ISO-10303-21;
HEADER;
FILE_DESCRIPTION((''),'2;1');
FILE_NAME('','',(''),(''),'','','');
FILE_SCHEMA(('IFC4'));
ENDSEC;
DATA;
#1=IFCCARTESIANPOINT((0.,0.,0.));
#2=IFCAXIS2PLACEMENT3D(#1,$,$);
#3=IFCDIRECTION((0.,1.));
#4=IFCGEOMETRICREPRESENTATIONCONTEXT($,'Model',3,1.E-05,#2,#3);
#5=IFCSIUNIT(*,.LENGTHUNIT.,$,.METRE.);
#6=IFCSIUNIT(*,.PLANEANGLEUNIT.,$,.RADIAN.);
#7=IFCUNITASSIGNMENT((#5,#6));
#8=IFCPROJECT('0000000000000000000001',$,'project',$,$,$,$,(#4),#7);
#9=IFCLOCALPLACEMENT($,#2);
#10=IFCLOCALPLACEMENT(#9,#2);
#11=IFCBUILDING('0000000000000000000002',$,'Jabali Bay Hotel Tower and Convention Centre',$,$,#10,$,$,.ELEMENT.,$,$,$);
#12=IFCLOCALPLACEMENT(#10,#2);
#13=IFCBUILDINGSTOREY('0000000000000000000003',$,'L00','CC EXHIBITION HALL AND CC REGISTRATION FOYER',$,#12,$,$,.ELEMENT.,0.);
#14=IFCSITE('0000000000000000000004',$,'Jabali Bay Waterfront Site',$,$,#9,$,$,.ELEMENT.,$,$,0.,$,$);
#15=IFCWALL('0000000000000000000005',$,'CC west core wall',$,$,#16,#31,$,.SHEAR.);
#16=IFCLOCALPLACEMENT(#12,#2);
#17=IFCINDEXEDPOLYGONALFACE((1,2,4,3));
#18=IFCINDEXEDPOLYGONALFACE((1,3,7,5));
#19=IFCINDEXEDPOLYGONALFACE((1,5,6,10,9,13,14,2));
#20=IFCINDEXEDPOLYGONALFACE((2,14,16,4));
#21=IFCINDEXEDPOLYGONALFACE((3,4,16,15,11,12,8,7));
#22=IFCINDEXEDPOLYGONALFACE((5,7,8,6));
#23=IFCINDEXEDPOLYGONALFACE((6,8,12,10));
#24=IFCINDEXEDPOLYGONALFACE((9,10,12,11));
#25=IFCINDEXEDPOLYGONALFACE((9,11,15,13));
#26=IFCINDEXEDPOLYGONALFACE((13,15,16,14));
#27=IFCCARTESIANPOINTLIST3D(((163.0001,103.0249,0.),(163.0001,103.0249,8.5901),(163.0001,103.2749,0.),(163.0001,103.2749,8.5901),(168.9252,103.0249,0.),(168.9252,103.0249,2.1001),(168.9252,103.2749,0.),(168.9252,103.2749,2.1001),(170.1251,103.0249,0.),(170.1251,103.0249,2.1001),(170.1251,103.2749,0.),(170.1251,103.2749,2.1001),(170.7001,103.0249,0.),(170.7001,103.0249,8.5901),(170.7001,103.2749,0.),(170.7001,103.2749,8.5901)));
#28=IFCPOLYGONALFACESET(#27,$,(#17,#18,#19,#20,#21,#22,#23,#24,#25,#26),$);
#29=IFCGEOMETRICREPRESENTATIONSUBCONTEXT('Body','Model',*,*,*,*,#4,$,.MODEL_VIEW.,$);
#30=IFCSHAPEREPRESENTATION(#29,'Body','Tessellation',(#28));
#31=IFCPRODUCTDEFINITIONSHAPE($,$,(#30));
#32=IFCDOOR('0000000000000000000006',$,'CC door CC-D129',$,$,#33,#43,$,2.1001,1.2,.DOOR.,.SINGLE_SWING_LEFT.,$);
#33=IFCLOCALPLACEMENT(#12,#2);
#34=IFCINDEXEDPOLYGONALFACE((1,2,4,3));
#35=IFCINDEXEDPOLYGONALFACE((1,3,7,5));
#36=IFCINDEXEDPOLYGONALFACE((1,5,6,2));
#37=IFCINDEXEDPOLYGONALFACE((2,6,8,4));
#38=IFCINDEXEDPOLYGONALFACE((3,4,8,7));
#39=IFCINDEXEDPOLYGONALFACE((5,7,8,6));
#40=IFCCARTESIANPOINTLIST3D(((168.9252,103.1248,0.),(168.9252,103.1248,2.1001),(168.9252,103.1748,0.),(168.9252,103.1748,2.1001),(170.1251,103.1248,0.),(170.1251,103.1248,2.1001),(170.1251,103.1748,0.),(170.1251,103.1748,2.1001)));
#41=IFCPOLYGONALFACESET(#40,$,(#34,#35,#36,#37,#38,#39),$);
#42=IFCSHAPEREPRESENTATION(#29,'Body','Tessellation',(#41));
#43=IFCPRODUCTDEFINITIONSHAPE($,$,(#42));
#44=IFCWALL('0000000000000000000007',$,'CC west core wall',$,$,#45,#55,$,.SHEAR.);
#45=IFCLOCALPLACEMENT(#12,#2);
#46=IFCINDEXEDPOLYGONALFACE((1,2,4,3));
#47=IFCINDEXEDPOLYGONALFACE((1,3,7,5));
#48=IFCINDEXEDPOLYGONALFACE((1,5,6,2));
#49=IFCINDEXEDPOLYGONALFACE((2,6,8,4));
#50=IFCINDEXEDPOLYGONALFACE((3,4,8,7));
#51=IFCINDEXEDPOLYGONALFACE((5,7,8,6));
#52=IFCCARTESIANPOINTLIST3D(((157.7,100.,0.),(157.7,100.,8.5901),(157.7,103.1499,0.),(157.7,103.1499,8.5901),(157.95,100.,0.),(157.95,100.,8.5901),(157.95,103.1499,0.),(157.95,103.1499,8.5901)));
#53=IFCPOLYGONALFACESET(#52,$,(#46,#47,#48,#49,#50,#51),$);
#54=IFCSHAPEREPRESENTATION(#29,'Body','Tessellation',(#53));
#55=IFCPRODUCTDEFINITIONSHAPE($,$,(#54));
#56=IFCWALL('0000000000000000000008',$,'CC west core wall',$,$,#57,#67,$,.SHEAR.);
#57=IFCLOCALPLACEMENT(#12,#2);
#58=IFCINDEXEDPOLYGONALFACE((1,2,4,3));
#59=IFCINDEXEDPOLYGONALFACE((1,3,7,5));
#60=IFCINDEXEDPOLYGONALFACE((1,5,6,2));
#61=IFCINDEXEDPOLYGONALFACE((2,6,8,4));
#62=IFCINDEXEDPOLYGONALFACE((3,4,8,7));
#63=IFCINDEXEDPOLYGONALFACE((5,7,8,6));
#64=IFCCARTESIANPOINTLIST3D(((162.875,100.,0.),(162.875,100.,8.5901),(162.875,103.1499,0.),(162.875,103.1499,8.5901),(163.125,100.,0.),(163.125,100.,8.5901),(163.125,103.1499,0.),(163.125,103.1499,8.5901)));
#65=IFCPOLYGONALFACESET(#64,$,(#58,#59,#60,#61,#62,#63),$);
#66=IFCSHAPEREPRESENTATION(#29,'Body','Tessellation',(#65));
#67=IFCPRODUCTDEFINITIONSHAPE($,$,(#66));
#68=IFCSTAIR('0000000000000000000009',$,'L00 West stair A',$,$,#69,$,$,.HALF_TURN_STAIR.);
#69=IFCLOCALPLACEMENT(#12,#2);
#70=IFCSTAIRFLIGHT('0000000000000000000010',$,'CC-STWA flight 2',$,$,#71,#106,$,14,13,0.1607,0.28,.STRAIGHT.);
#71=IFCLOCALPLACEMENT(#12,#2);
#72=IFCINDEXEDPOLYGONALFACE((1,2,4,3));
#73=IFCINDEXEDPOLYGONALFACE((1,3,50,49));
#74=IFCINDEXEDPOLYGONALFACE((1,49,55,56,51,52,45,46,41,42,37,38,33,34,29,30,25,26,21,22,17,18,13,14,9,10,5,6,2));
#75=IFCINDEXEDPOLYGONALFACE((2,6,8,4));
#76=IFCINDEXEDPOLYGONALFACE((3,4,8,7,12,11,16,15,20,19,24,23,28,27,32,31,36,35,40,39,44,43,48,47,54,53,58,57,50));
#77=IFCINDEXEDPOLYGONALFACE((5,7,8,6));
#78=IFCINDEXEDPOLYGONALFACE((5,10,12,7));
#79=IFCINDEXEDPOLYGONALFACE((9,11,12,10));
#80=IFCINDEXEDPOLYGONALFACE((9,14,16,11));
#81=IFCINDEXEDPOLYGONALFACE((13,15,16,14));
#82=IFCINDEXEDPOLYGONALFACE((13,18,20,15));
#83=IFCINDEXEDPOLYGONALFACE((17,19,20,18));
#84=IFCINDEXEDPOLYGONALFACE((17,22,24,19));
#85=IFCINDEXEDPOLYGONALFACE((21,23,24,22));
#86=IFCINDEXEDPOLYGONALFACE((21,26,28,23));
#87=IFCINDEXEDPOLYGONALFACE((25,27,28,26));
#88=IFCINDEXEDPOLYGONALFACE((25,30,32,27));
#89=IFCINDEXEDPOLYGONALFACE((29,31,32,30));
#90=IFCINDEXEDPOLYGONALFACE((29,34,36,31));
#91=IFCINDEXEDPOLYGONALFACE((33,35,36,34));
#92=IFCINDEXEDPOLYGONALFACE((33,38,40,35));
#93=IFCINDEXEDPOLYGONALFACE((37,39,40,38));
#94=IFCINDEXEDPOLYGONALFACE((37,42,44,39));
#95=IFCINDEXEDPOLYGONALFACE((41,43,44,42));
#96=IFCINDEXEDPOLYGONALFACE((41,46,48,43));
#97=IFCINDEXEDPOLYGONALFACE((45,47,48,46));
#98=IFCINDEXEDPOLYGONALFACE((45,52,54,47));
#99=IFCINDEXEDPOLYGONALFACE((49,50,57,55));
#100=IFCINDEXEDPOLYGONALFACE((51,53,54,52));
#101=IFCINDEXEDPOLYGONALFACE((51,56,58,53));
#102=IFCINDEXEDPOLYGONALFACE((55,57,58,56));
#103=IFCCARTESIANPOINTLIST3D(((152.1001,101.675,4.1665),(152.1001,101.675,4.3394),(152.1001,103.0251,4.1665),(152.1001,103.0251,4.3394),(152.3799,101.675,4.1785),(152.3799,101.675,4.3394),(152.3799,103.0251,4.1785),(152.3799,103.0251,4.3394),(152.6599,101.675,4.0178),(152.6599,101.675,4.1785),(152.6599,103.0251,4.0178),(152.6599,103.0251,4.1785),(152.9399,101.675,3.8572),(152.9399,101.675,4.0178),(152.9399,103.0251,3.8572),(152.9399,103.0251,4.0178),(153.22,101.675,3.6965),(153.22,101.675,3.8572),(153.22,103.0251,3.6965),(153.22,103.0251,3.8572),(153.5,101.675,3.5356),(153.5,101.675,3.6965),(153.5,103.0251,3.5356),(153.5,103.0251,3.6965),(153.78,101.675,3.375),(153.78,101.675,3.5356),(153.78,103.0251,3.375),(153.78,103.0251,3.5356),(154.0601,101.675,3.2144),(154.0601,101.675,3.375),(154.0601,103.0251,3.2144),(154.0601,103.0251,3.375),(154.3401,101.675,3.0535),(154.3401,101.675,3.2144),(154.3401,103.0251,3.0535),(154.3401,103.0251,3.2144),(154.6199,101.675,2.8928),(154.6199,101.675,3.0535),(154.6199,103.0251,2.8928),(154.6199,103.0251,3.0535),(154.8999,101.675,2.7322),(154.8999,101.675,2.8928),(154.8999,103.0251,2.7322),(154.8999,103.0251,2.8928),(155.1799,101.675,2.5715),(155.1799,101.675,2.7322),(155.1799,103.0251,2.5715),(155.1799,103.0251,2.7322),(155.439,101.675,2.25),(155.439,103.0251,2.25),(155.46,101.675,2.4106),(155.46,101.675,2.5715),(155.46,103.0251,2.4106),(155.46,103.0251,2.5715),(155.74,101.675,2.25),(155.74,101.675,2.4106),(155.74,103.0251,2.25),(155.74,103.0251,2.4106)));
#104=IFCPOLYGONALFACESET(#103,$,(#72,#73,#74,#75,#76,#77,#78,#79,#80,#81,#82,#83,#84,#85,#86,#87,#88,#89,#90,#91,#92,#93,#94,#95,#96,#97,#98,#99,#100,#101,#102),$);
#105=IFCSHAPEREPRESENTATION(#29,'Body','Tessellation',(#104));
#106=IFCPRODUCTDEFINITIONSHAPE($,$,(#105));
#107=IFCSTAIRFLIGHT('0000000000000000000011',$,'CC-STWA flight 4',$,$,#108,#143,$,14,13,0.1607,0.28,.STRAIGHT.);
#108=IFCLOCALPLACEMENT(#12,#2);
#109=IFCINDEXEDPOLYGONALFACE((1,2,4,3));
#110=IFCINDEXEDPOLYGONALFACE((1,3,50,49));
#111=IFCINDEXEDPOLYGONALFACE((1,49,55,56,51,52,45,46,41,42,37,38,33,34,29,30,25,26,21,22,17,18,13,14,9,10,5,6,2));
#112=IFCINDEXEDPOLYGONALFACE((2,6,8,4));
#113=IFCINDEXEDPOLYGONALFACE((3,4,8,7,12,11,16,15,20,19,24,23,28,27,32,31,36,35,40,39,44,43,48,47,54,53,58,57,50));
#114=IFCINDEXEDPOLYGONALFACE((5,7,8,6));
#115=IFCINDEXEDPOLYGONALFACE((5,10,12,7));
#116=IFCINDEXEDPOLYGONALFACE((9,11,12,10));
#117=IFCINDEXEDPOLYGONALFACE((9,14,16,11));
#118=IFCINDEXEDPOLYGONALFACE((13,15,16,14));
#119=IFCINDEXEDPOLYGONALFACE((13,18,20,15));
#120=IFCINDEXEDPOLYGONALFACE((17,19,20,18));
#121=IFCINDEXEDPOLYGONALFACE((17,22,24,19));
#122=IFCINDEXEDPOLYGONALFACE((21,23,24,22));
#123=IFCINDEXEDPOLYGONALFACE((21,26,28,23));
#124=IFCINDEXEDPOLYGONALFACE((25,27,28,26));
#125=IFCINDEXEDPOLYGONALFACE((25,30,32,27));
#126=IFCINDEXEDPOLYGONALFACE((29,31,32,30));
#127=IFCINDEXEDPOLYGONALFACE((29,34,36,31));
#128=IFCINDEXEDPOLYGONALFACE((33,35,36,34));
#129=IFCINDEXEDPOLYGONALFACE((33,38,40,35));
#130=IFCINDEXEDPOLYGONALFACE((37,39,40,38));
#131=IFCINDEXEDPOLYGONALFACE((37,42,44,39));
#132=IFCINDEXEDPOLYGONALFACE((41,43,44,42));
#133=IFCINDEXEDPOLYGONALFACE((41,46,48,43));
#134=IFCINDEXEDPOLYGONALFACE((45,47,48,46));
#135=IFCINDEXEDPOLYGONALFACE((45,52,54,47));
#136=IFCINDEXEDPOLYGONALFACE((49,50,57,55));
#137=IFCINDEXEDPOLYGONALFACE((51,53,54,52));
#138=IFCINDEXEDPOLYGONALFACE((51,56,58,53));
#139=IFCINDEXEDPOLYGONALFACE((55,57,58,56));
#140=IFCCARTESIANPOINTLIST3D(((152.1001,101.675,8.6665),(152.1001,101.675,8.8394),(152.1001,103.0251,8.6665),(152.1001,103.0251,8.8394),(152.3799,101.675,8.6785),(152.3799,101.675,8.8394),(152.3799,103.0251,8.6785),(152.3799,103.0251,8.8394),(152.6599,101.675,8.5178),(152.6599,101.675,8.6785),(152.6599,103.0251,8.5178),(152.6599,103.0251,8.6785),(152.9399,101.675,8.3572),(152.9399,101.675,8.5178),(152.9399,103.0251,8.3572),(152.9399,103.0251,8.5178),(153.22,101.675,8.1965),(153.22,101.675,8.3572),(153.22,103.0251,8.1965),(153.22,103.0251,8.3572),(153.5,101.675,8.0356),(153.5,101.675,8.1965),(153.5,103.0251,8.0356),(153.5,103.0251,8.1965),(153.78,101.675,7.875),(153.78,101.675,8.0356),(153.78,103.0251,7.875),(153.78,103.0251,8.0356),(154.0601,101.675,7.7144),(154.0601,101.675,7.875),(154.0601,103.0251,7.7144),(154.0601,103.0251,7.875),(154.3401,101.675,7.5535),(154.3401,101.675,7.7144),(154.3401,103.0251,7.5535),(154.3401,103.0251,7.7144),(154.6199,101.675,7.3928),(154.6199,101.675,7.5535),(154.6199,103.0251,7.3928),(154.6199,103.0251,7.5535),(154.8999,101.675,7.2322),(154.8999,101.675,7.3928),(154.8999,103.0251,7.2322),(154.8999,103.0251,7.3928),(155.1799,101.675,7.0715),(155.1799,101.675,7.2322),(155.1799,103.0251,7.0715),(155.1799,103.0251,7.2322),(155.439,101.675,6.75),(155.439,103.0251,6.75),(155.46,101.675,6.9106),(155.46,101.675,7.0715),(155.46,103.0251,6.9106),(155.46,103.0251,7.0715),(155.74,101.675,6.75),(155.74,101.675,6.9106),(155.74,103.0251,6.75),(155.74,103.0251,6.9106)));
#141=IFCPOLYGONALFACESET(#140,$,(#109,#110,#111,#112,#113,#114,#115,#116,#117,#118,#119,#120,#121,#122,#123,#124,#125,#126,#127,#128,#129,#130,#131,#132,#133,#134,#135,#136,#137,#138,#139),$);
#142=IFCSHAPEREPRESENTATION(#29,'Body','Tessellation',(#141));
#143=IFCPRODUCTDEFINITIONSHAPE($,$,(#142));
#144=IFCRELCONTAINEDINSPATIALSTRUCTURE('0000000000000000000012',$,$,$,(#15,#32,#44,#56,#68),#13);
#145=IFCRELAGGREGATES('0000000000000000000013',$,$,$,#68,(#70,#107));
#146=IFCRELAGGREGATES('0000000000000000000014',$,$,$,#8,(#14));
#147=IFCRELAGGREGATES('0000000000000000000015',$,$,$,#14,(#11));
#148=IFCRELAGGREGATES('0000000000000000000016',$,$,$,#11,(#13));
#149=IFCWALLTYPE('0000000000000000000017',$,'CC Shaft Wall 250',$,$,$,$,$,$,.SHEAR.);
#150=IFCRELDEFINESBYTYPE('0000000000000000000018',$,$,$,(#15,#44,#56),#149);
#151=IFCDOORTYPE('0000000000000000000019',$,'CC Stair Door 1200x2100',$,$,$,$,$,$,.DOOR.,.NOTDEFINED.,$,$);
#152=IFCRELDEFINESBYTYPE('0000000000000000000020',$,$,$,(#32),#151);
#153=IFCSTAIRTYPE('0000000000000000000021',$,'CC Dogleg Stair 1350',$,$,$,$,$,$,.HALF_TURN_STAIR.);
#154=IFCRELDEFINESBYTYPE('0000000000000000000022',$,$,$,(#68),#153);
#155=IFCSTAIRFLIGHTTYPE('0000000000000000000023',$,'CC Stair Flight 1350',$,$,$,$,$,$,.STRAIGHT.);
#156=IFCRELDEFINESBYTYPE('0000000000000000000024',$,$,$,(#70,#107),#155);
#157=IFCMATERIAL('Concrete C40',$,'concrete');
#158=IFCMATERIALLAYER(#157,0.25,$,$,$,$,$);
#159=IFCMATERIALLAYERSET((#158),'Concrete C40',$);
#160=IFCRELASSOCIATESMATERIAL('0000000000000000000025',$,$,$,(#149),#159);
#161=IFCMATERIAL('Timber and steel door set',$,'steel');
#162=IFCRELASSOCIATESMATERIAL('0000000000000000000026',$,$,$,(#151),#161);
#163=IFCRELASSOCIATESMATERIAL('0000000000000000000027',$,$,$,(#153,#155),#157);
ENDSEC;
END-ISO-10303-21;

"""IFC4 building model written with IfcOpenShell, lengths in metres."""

from ifc_helpers import new_model, si_unit, direction, frame, frame_2d, origin, place, context, subcontext, project, spatial, polyline, rectangle, outline, extrude, material, layer, layer_set, type_object, element, fill, aggregate, save


model = new_model("IFC4")

# Units and contexts
model_context = context("Model", 3, precision=1e-05, world=origin(), true_north=direction((0.0, 1.0)))
body_context = subcontext(model_context, "Body", "Model", "MODEL_VIEW")
ifc_project = project(units=[si_unit("LENGTHUNIT", "METRE"), si_unit("PLANEANGLEUNIT", "RADIAN")], contexts=[model_context])

# Site, building, storey
site_placement = place(None, origin())
site = spatial("IfcSite", under=ifc_project, at=site_placement, Name="Jabali Bay Waterfront Site", CompositionType="ELEMENT", RefElevation=0.0)
building_placement = place(site_placement, origin())
building = spatial("IfcBuilding", under=site, at=building_placement, Name="Jabali Bay Hotel Tower and Convention Centre", CompositionType="ELEMENT")
storey_placement = place(building_placement, origin())
storey = spatial("IfcBuildingStorey", under=building, at=storey_placement, Name="L00", Description="CC EXHIBITION HALL AND CC REGISTRATION FOYER", CompositionType="ELEMENT", Elevation=0.0)

# Shared definitions
ifc_material_1 = material(Name="Timber and steel door set", Category="steel")

# Wall, opening, door
ifc_material_2 = material(Name="Concrete C40", Category="concrete")
ifc_layer_1 = layer(ifc_material_2, 0.25)
ifc_layer_set_1 = layer_set([ifc_layer_1], Name="Concrete C40")
wall_type_1 = type_object("IfcWallType", Name="CC Shaft Wall 250", PredefinedType="SHEAR", material=ifc_layer_set_1)
wall_1_placement = place(storey_placement, frame((163.0, 103.1499, 0.0), z_axis=(0.0, 0.0, 1.0), x_axis=(1.0, 0.0, 0.0)))
wall_1 = element("IfcWall", 1, at=wall_1_placement, inside=storey, type_object=wall_type_1, Name="CC west core wall", PredefinedType="SHEAR", context=body_context, shape_type="SweptSolid", body=[
    extrude(rectangle(XDim=7.7, YDim=0.25, at=frame_2d((3.8501, 0.0))), origin(), (0.0, 0.0, 1.0), 8.5901),
])
opening_1_placement = place(wall_1_placement, frame((5.925, 0.0, 0.0)))
opening_1 = element("IfcOpeningElement", 2, at=opening_1_placement, cuts=wall_1, PredefinedType="OPENING", context=body_context, shape_type="SweptSolid", body=[
    extrude(rectangle(XDim=1.2, YDim=2.1001, at=frame_2d((0.6001, 1.05))), frame((0.0, 0.1355, 0.0), z_axis=(0.0, -1.0, 0.0), x_axis=(1.0, 0.0, 0.0)), (0.0, 0.0, 1.0), 0.271),
])
door_type_1 = type_object("IfcDoorType", Name="CC Stair Door 1200x2100", OperationType="NOTDEFINED", PredefinedType="DOOR", material=ifc_material_1)
door_1_placement = place(opening_1_placement, origin())
door_1 = element("IfcDoor", 3, at=door_1_placement, inside=storey, type_object=door_type_1, Name="CC door CC-D129", OperationType="SINGLE_SWING_LEFT", OverallHeight=2.1001, OverallWidth=1.2, PredefinedType="DOOR", context=body_context, shape_type="SweptSolid", body=[
    extrude(rectangle(XDim=1.2, YDim=2.1001, at=frame_2d((0.6001, 1.05))), frame((0.0, 0.0249, 0.0), z_axis=(0.0, -1.0, 0.0), x_axis=(1.0, 0.0, 0.0)), (0.0, 0.0, 1.0), 0.05),
])
fill(opening_1, door_1)

# Walls
for number, where, z_axis, x_axis, name in (
    (4, (157.825, 100.0, 0.0), (0.0, 0.0, 1.0), (0.0, 1.0, 0.0), "CC west core wall"),
    (5, (163.0, 100.0, 0.0), (0.0, 0.0, 1.0), (0.0, 1.0, 0.0), "CC west core wall"),
):
    element("IfcWall", number, at=place(storey_placement, frame(where, z_axis=z_axis, x_axis=x_axis)), inside=storey, type_object=wall_type_1, Name=name, PredefinedType="SHEAR", context=body_context, shape_type="SweptSolid", body=[
        extrude(rectangle(XDim=3.1499, YDim=0.25, at=frame_2d((1.575, 0.0))), origin(), (0.0, 0.0, 1.0), 8.5901),
    ])

# Stair, stair flights
stair_type = type_object("IfcStairType", Name="CC Dogleg Stair 1350", PredefinedType="HALF_TURN_STAIR", material=ifc_material_2)
stair_placement = place(storey_placement, origin())
stair = element("IfcStair", 6, at=stair_placement, inside=storey, type_object=stair_type, Name="L00 West stair A", PredefinedType="HALF_TURN_STAIR")
stair_flight_type = type_object("IfcStairFlightType", Name="CC Stair Flight 1350", PredefinedType="STRAIGHT", material=ifc_material_2)
stair_flight_1_placement = place(storey_placement, frame((155.74, 102.3501, 2.25), z_axis=(0.0, 0.0, 1.0), x_axis=(-1.0, 0.0, 0.0)))
stair_flight_1 = element("IfcStairFlight", 7, at=stair_flight_1_placement, type_object=stair_flight_type, Name="CC-STWA flight 2", NumberOfRisers=14, NumberOfTreads=13, PredefinedType="STRAIGHT", RiserHeight=0.1607, TreadLength=0.28, context=body_context, shape_type="SweptSolid", body=[
    extrude(outline(polyline([(0.0, 0.0), (0.0, 0.1606), (0.28, 0.1606), (0.28, 0.3215), (0.5601, 0.3215), (0.5601, 0.4822), (0.8401, 0.4822), (0.8401, 0.6428), (1.1201, 0.6428), (1.1201, 0.8035), (1.3999, 0.8035), (1.3999, 0.9644), (1.6799, 0.9644), (1.6799, 1.125), (1.96, 1.125), (1.96, 1.2856), (2.24, 1.2856), (2.24, 1.4465), (2.52, 1.4465), (2.52, 1.6072), (2.8, 1.6072), (2.8, 1.7678), (3.0801, 1.7678), (3.0801, 1.9285), (3.3601, 1.9285), (3.3601, 2.0894), (3.6399, 2.0894), (3.6399, 2.25), (3.6399, 1.9165), (0.301, 0.0), (0.0, 0.0)])), frame((0.0, 0.675, 0.0), z_axis=(0.0, -1.0, 0.0), x_axis=(1.0, 0.0, 0.0)), (0.0, 0.0, 1.0), 1.3501),
])
stair_flight_2_placement = place(storey_placement, frame((155.74, 102.3501, 6.75), z_axis=(0.0, 0.0, 1.0), x_axis=(-1.0, 0.0, 0.0)))
stair_flight_2 = element("IfcStairFlight", 8, at=stair_flight_2_placement, type_object=stair_flight_type, Name="CC-STWA flight 4", NumberOfRisers=14, NumberOfTreads=13, PredefinedType="STRAIGHT", RiserHeight=0.1607, TreadLength=0.28, context=body_context, shape_type="SweptSolid", body=[
    extrude(outline(polyline([(0.0, 0.0), (0.0, 0.1606), (0.28, 0.1606), (0.28, 0.3215), (0.5601, 0.3215), (0.5601, 0.4822), (0.8401, 0.4822), (0.8401, 0.6428), (1.1201, 0.6428), (1.1201, 0.8035), (1.3999, 0.8035), (1.3999, 0.9644), (1.6799, 0.9644), (1.6799, 1.125), (1.96, 1.125), (1.96, 1.2856), (2.24, 1.2856), (2.24, 1.4465), (2.52, 1.4465), (2.52, 1.6072), (2.8, 1.6072), (2.8, 1.7678), (3.0801, 1.7678), (3.0801, 1.9285), (3.3601, 1.9285), (3.3601, 2.0894), (3.6399, 2.0894), (3.6399, 2.25), (3.6399, 1.9165), (0.301, 0.0), (0.0, 0.0)])), frame((0.0, 0.675, 0.0), z_axis=(0.0, -1.0, 0.0), x_axis=(1.0, 0.0, 0.0)), (0.0, 0.0, 1.0), 1.3501),
])
aggregate(stair, [stair_flight_1, stair_flight_2])

save(model, "model.ifc")
